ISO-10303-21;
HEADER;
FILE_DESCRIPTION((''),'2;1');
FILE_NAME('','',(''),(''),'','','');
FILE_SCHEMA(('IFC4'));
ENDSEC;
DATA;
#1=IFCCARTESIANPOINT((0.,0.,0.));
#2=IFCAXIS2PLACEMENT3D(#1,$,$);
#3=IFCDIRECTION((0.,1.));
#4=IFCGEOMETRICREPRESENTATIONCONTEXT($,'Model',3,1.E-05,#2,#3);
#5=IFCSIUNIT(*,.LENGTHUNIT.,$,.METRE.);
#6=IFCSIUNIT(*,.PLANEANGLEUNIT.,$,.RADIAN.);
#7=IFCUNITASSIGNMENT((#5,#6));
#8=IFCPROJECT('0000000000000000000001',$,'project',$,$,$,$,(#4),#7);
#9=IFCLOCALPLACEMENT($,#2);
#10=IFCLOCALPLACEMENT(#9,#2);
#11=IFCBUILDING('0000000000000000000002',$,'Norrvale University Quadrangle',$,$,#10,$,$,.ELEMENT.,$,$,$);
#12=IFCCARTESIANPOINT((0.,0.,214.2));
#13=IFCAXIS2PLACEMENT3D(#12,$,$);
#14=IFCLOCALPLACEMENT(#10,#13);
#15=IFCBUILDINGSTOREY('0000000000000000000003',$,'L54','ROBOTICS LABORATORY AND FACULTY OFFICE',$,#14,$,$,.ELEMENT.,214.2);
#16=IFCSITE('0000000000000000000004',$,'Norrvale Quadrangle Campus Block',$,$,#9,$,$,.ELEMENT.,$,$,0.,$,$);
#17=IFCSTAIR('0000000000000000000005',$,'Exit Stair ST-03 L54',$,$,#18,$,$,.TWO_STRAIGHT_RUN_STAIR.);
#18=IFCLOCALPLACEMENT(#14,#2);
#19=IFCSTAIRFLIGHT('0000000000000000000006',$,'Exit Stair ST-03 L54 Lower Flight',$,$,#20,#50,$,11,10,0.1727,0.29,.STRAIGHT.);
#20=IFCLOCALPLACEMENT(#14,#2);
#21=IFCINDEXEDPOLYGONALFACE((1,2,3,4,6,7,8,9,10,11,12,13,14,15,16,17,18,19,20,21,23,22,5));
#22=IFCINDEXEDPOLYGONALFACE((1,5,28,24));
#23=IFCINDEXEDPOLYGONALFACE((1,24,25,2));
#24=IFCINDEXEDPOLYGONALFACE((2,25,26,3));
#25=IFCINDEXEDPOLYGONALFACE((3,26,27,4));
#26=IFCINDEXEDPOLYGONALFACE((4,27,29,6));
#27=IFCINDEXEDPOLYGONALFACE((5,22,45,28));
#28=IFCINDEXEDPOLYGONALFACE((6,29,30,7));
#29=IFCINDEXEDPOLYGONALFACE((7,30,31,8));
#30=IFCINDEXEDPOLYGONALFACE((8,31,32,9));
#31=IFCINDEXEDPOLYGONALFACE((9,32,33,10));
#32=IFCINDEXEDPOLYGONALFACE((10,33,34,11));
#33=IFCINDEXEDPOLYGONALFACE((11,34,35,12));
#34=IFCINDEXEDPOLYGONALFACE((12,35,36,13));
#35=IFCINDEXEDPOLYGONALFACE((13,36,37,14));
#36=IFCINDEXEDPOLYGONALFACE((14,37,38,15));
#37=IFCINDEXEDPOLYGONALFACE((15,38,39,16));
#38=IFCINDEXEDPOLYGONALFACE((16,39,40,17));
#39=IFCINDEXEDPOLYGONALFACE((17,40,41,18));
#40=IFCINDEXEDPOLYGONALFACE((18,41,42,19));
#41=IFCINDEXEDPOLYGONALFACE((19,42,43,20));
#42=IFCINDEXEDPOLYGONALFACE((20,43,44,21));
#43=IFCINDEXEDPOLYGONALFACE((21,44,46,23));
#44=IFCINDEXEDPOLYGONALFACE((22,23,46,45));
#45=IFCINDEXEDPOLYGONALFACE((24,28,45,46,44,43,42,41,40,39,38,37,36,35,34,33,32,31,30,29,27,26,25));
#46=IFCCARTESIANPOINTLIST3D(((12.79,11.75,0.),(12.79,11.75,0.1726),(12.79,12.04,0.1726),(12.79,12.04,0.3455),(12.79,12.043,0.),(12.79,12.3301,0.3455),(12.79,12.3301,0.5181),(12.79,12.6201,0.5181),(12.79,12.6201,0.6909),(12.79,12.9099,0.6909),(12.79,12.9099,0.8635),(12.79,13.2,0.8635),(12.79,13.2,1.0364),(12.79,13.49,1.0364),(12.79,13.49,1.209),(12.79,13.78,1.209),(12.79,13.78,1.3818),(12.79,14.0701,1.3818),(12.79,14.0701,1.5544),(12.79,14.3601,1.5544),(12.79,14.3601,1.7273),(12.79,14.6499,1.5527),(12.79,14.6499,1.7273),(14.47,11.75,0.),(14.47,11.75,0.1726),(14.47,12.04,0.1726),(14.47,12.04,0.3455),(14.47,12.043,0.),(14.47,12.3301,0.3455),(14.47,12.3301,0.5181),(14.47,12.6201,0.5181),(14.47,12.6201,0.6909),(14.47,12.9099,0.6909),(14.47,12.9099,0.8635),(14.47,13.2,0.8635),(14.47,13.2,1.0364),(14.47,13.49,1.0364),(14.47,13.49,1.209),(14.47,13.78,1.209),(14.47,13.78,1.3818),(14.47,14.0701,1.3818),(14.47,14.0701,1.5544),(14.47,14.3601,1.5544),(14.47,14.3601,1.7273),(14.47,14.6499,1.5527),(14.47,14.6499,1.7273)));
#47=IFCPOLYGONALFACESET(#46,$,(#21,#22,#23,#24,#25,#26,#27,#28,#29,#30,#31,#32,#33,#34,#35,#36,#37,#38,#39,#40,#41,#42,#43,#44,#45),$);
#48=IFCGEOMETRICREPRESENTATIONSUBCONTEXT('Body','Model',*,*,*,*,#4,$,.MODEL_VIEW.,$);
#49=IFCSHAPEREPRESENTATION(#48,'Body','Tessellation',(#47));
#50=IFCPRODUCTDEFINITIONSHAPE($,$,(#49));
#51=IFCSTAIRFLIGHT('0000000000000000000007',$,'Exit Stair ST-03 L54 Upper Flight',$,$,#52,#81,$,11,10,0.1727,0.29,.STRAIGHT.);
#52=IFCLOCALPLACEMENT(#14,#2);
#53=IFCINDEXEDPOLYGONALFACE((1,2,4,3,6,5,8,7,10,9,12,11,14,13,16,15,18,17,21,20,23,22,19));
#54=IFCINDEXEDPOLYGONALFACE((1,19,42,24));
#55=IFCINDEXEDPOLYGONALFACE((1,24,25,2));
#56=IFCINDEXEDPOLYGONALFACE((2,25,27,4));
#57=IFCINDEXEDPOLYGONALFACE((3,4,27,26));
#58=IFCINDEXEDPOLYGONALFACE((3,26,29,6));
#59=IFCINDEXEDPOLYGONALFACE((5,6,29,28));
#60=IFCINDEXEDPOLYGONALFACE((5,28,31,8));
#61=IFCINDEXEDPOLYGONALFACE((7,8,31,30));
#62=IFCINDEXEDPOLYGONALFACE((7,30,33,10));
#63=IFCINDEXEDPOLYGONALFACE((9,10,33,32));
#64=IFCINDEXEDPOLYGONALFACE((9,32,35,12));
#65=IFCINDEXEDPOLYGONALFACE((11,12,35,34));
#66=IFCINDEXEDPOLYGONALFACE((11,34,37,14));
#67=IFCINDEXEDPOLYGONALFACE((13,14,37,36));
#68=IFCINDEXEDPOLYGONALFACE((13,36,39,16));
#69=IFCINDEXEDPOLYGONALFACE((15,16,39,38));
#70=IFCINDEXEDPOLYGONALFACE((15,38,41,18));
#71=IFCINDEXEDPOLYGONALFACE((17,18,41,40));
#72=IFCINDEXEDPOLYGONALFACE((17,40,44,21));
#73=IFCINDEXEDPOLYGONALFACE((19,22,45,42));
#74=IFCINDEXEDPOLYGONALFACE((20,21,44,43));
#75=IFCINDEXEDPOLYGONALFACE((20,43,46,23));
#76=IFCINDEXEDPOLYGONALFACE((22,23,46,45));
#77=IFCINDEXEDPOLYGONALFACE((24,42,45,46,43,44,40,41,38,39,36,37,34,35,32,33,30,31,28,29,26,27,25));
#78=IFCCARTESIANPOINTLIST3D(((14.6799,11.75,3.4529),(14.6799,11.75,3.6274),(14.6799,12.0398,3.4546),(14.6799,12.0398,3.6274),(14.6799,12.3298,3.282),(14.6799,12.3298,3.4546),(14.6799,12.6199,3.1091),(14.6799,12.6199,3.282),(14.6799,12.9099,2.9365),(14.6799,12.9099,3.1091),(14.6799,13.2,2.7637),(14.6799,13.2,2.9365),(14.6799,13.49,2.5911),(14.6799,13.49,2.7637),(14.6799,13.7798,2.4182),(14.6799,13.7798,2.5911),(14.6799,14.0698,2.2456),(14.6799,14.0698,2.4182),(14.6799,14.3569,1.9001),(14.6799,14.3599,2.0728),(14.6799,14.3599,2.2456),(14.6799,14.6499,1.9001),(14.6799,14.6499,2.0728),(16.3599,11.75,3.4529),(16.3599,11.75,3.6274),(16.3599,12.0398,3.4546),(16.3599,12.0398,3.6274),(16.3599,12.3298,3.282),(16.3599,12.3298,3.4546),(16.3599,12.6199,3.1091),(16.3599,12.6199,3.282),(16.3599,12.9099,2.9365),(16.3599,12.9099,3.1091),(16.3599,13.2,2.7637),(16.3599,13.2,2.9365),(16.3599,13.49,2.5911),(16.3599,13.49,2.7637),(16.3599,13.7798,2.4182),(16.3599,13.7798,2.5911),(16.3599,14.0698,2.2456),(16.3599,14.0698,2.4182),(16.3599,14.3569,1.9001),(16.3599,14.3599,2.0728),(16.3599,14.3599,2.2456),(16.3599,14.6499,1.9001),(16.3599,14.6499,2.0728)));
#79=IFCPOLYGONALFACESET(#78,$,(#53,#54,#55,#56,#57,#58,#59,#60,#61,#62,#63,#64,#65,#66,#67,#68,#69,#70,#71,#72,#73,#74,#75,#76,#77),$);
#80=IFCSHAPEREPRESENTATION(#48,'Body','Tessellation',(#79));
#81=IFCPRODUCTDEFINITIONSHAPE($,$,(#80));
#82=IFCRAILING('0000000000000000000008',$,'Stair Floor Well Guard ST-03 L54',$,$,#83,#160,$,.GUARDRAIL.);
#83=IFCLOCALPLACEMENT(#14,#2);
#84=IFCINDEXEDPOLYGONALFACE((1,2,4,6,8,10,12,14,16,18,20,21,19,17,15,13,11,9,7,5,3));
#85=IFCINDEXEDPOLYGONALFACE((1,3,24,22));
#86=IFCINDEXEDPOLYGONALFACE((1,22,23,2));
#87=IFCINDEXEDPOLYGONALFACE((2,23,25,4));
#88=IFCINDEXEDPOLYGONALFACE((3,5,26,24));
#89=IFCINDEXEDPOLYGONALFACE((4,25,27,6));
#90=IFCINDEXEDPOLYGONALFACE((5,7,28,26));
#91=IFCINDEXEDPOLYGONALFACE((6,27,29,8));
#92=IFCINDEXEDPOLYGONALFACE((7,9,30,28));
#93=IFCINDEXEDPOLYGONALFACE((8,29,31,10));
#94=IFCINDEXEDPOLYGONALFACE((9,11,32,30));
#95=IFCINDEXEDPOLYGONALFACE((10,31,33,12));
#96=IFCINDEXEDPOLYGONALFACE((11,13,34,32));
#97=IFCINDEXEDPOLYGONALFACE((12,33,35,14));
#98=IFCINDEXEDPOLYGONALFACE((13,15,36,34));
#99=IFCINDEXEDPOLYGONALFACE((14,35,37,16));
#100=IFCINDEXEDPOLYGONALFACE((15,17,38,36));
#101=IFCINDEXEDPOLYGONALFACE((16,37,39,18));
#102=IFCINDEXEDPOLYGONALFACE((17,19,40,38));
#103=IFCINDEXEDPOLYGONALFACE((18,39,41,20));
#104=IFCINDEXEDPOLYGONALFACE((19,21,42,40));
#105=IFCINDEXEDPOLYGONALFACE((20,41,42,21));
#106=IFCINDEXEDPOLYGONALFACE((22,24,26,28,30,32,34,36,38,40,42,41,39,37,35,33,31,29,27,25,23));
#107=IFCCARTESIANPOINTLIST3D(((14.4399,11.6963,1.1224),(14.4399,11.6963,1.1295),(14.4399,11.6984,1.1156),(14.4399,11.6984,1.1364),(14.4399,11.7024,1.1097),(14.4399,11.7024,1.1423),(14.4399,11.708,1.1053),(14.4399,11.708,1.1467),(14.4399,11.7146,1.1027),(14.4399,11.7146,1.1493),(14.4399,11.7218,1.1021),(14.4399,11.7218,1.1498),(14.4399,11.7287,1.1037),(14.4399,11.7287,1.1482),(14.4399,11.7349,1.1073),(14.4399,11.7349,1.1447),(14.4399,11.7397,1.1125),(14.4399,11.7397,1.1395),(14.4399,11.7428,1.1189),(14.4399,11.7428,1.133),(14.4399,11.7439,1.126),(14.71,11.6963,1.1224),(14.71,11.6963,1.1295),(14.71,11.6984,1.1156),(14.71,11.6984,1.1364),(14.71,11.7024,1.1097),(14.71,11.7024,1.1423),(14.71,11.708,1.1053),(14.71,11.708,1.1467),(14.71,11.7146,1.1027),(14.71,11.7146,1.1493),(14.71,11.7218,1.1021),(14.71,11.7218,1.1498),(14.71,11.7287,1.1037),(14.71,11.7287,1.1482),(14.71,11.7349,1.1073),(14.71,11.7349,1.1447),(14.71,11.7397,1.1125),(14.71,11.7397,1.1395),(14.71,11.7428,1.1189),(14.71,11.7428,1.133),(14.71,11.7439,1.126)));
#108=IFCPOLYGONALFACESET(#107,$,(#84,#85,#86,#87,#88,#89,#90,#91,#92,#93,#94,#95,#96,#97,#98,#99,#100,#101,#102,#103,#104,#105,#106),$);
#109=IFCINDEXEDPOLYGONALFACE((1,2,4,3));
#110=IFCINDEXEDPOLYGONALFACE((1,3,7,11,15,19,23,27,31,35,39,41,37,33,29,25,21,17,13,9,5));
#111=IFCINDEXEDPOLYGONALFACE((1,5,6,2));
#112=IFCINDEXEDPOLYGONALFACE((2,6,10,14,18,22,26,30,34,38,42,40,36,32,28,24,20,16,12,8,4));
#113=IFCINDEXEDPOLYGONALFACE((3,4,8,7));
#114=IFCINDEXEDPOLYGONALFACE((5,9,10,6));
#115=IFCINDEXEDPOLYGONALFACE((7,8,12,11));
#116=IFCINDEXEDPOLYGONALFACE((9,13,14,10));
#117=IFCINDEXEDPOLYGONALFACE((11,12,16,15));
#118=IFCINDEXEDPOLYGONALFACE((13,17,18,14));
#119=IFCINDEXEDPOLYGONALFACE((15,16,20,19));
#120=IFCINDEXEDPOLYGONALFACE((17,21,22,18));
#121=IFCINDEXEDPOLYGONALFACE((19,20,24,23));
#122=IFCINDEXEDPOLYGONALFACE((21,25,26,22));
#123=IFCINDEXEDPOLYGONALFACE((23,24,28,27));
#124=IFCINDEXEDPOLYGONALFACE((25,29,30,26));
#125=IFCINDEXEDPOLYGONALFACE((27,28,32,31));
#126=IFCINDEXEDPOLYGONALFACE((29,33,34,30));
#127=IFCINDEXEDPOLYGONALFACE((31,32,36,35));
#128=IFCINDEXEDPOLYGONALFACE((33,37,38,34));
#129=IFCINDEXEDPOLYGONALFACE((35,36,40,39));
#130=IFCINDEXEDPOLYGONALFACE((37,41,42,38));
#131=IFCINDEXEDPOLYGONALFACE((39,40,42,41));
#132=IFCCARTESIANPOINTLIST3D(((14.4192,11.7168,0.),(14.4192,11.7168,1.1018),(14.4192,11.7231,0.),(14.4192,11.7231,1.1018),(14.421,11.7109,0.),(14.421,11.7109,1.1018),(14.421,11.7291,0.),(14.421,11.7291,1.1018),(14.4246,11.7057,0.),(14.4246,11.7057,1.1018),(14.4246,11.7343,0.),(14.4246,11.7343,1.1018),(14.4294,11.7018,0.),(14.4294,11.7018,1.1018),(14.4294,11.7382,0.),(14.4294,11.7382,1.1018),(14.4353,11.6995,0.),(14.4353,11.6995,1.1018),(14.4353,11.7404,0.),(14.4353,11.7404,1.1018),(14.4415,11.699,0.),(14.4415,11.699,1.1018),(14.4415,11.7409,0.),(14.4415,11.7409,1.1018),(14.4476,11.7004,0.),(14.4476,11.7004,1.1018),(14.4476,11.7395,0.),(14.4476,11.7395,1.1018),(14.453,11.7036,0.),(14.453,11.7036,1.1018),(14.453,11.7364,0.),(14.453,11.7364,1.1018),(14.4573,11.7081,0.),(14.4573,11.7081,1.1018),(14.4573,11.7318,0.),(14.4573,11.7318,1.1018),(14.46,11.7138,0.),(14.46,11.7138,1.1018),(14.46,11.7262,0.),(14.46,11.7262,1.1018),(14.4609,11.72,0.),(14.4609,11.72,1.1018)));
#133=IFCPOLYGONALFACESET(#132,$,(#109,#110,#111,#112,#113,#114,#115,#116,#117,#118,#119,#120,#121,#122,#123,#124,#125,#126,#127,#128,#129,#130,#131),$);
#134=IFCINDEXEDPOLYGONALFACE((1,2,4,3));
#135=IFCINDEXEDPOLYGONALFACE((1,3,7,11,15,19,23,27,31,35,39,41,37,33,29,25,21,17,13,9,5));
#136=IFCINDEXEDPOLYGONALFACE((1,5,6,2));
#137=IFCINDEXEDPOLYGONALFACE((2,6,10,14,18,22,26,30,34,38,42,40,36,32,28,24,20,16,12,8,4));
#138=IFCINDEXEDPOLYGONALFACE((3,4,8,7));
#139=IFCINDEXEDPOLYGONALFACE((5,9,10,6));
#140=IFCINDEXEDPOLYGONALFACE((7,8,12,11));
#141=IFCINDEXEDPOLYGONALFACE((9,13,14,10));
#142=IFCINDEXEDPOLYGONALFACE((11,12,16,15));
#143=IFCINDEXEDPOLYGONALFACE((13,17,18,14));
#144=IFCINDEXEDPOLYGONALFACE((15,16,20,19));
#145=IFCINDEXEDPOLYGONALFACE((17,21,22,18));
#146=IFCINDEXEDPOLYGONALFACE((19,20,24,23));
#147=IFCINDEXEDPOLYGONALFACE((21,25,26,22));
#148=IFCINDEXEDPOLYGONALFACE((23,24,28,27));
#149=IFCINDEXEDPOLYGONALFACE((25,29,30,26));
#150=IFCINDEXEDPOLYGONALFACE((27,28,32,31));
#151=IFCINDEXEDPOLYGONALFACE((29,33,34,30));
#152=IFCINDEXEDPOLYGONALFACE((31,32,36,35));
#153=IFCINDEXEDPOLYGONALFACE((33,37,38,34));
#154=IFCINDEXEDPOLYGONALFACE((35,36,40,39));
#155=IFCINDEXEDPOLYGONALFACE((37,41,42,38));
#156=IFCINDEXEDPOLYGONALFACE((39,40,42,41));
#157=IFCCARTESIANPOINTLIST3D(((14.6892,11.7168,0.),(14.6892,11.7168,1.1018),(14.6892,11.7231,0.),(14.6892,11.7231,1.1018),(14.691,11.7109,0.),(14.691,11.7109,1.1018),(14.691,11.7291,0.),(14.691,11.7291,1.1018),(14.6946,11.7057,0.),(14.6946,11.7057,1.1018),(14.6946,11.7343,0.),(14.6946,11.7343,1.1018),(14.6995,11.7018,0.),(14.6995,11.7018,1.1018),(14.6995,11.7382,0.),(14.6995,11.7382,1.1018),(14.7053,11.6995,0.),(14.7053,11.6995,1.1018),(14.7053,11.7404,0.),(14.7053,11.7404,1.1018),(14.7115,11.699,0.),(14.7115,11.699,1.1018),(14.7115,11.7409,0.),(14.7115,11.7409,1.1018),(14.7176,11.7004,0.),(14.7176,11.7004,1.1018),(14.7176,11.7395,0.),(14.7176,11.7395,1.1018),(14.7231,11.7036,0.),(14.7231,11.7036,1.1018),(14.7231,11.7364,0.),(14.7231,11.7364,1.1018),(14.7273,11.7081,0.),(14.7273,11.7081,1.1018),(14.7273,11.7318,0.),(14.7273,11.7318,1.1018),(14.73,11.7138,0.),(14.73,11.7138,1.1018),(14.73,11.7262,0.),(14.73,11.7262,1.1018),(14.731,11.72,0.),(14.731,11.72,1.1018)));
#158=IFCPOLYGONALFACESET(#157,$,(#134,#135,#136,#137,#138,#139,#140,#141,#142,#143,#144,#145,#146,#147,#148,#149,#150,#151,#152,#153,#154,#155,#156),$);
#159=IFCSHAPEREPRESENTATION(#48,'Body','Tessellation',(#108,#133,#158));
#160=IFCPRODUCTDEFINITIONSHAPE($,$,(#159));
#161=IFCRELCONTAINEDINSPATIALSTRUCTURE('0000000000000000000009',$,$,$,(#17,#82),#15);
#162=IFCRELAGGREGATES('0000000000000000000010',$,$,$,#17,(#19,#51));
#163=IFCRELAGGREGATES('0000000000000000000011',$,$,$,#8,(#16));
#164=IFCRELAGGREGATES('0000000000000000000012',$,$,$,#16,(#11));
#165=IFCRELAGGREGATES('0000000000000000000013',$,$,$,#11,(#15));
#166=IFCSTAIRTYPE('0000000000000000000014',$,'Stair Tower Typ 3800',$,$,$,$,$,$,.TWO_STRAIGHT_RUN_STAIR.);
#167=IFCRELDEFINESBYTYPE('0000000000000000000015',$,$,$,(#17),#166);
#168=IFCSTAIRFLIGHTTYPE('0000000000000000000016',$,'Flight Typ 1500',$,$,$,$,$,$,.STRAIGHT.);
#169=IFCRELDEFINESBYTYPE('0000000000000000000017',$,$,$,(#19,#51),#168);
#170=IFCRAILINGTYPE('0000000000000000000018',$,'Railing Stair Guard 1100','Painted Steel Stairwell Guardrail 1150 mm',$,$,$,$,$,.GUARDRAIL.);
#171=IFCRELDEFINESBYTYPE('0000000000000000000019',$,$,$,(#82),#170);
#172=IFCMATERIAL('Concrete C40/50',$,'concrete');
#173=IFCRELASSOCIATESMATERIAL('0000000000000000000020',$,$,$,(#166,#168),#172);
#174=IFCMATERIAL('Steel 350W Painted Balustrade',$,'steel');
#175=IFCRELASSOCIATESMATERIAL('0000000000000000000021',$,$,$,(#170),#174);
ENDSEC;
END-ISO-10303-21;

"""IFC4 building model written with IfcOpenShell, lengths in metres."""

from ifc_helpers import new_model, si_unit, direction, frame, origin, origin_2d, place, context, subcontext, project, spatial, polyline, circle, outline, extrude, material, type_object, element, aggregate, save


model = new_model("IFC4")

# Units and contexts
model_context = context("Model", 3, precision=1e-05, world=origin(), true_north=direction((0.0, 1.0)))
body_context = subcontext(model_context, "Body", "Model", "MODEL_VIEW")
ifc_project = project(units=[si_unit("LENGTHUNIT", "METRE"), si_unit("PLANEANGLEUNIT", "RADIAN")], contexts=[model_context])

# Site, building, storey
site_placement = place(None, origin())
site = spatial("IfcSite", under=ifc_project, at=site_placement, Name="Norrvale Quadrangle Campus Block", CompositionType="ELEMENT", RefElevation=0.0)
building_placement = place(site_placement, origin())
building = spatial("IfcBuilding", under=site, at=building_placement, Name="Norrvale University Quadrangle", CompositionType="ELEMENT")
storey_placement = place(building_placement, frame((0.0, 0.0, 214.2)))
storey = spatial("IfcBuildingStorey", under=building, at=storey_placement, Name="L54", Description="ROBOTICS LABORATORY AND FACULTY OFFICE", CompositionType="ELEMENT", Elevation=214.2)

# Stair, stair flights
ifc_material_1 = material(Name="Concrete C40/50", Category="concrete")
stair_type = type_object("IfcStairType", Name="Stair Tower Typ 3800", PredefinedType="TWO_STRAIGHT_RUN_STAIR", material=ifc_material_1)
stair_placement = place(storey_placement, origin())
stair = element("IfcStair", 1, at=stair_placement, inside=storey, type_object=stair_type, Name="Exit Stair ST-03 L54", PredefinedType="TWO_STRAIGHT_RUN_STAIR")
stair_flight_type = type_object("IfcStairFlightType", Name="Flight Typ 1500", PredefinedType="STRAIGHT", material=ifc_material_1)
stair_flight_1_placement = place(storey_placement, frame((13.6299, 11.75, 0.0), z_axis=(0.0, 0.0, 1.0), x_axis=(0.0, 1.0, 0.0)))
stair_flight_1 = element("IfcStairFlight", 2, at=stair_flight_1_placement, type_object=stair_flight_type, Name="Exit Stair ST-03 L54 Lower Flight", NumberOfRisers=11, NumberOfTreads=10, PredefinedType="STRAIGHT", RiserHeight=0.1727, TreadLength=0.29, context=body_context, shape_type="SweptSolid", body=[
    extrude(outline(polyline([(0.0, 0.0), (0.0, 0.1726), (0.29, 0.1726), (0.29, 0.3455), (0.5801, 0.3455), (0.5801, 0.5181), (0.8701, 0.5181), (0.8701, 0.6909), (1.1599, 0.6909), (1.1599, 0.8635), (1.45, 0.8635), (1.45, 1.0364), (1.74, 1.0364), (1.74, 1.209), (2.03, 1.209), (2.03, 1.3818), (2.3201, 1.3818), (2.3201, 1.5544), (2.6101, 1.5544), (2.6101, 1.7273), (2.8999, 1.7273), (2.8999, 1.8999), (2.8999, 1.5527), (0.293, 0.0), (0.0, 0.0)])), frame((0.0, 0.8398, 0.0), z_axis=(0.0, -1.0, 0.0), x_axis=(1.0, 0.0, 0.0)), (0.0, 0.0, 1.0), 1.6799),
])
stair_flight_2_placement = place(storey_placement, frame((15.52, 14.6499, 1.9001), z_axis=(0.0, 0.0, 1.0), x_axis=(0.0, -1.0, 0.0)))
stair_flight_2 = element("IfcStairFlight", 3, at=stair_flight_2_placement, type_object=stair_flight_type, Name="Exit Stair ST-03 L54 Upper Flight", NumberOfRisers=11, NumberOfTreads=10, PredefinedType="STRAIGHT", RiserHeight=0.1727, TreadLength=0.29, context=body_context, shape_type="SweptSolid", body=[
    extrude(outline(polyline([(0.0, 0.0), (0.0, 0.1726), (0.29, 0.1726), (0.29, 0.3455), (0.5801, 0.3455), (0.5801, 0.5181), (0.8701, 0.5181), (0.8701, 0.6909), (1.1599, 0.6909), (1.1599, 0.8635), (1.45, 0.8635), (1.45, 1.0364), (1.74, 1.0364), (1.74, 1.209), (2.03, 1.209), (2.03, 1.3818), (2.3201, 1.3818), (2.3201, 1.5544), (2.6101, 1.5544), (2.6101, 1.7273), (2.8999, 1.7273), (2.8999, 1.8999), (2.8999, 1.5527), (0.293, 0.0), (0.0, 0.0)])), frame((0.0, 0.8398, 0.0), z_axis=(0.0, -1.0, 0.0), x_axis=(1.0, 0.0, 0.0)), (0.0, 0.0, 1.0), 1.6799),
])
aggregate(stair, [stair_flight_1, stair_flight_2])

# Railing
ifc_material_2 = material(Name="Steel 350W Painted Balustrade", Category="steel")
railing_type_1 = type_object("IfcRailingType", Name="Railing Stair Guard 1100", Description="Painted Steel Stairwell Guardrail 1150 mm", PredefinedType="GUARDRAIL", material=ifc_material_2)
for number, where, name in (
    (4, (14.4399, 11.72, 0.0), "Stair Floor Well Guard ST-03 L54"),
):
    element("IfcRailing", number, at=place(storey_placement, frame(where)), inside=storey, type_object=railing_type_1, Name=name, PredefinedType="GUARDRAIL", context=body_context, shape_type="SweptSolid", body=[
        extrude(circle(Radius=0.0239, at=origin_2d()), frame((0.0, 0.0, 1.126), z_axis=(1.0, 0.0, 0.0), x_axis=(0.0, 1.0, 0.0)), (0.0, 0.0, 1.0), 0.27),
        extrude(circle(Radius=0.021, at=origin_2d()), origin(), (0.0, 0.0, 1.0), 1.1018),
        extrude(circle(Radius=0.021, at=origin_2d()), frame((0.27, 0.0, 0.0)), (0.0, 0.0, 1.0), 1.1018),
    ])

save(model, "model.ifc")
